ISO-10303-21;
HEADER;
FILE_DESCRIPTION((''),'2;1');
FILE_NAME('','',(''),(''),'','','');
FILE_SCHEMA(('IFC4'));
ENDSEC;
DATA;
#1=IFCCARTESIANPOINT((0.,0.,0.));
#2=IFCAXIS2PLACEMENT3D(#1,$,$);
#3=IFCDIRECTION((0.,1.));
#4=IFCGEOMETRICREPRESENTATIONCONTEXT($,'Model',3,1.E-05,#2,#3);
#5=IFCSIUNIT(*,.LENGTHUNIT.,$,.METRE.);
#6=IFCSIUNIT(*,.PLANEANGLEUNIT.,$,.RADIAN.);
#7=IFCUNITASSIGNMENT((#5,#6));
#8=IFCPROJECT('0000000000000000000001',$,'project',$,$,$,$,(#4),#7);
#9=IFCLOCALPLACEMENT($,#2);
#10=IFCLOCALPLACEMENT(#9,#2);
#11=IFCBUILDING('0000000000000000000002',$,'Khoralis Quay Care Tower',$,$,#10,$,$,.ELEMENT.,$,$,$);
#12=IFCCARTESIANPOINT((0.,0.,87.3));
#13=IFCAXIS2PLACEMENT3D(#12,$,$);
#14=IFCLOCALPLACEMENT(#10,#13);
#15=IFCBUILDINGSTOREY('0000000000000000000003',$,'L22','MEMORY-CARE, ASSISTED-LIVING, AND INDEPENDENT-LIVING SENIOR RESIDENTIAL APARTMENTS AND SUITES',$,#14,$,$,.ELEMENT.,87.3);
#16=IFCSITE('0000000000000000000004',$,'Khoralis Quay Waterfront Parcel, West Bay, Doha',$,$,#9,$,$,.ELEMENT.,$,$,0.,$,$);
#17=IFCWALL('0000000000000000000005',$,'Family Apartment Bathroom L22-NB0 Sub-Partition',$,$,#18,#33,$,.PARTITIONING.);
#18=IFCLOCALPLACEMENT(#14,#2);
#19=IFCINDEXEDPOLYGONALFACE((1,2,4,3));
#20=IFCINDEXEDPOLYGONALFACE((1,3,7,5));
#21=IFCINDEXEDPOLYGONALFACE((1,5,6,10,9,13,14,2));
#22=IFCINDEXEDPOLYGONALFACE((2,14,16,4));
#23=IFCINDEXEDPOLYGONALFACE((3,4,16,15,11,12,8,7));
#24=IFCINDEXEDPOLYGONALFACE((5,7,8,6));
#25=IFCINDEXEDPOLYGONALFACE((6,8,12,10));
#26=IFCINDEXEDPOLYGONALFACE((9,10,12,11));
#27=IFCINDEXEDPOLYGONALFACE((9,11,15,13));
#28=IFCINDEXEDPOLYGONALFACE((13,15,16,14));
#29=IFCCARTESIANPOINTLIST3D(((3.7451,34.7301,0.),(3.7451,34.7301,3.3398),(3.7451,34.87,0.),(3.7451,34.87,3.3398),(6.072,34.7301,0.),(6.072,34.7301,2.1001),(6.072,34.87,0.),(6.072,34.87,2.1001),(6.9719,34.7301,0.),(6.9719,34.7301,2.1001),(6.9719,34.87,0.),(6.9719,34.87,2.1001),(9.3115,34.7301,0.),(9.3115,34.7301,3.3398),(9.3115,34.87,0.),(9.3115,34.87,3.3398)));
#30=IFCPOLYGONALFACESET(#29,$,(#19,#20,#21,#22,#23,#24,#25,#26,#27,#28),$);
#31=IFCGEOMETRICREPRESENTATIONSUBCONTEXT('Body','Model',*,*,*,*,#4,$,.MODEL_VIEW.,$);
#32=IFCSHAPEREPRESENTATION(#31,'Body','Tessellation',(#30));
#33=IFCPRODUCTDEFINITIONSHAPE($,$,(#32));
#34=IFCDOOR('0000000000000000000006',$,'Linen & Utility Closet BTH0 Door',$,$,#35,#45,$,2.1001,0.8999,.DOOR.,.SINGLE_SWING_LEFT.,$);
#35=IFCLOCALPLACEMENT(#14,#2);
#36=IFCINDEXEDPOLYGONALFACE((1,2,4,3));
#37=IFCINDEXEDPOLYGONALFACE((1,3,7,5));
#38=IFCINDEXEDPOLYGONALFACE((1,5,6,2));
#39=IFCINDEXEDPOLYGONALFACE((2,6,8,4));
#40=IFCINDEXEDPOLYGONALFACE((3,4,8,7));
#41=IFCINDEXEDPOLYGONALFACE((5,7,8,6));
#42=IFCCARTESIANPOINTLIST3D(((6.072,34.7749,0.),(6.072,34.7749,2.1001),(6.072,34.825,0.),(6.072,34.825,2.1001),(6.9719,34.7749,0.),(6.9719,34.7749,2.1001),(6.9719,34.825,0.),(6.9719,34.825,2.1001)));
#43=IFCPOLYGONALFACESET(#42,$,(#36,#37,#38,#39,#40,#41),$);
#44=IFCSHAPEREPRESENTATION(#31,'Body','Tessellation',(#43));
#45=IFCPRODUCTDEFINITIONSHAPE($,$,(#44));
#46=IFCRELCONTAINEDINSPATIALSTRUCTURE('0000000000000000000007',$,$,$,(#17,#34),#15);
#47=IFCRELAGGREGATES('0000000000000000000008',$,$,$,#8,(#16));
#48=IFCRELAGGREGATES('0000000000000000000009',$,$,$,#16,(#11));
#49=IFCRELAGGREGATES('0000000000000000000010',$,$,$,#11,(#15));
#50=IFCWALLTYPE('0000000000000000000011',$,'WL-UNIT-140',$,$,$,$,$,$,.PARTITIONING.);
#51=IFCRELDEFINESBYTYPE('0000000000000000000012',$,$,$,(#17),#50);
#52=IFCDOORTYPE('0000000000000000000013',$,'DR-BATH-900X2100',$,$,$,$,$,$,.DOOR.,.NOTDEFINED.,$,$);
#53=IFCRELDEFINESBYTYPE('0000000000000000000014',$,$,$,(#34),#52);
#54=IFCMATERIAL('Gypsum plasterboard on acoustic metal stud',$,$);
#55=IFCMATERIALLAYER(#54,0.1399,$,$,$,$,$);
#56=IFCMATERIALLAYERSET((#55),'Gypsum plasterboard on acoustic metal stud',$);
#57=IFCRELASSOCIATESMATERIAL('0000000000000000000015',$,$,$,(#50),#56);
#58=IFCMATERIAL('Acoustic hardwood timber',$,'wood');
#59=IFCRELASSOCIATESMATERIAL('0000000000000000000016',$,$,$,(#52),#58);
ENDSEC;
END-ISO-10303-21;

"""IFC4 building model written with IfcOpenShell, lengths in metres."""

from ifc_helpers import new_model, si_unit, direction, frame, frame_2d, origin, place, context, subcontext, project, spatial, rectangle, extrude, source, transform, mapped, material, layer, layer_set, type_object, element, fill, save


model = new_model("IFC4")

# Units and contexts
model_context = context("Model", 3, precision=1e-05, world=origin(), true_north=direction((0.0, 1.0)))
body_context = subcontext(model_context, "Body", "Model", "MODEL_VIEW")
ifc_project = project(units=[si_unit("LENGTHUNIT", "METRE"), si_unit("PLANEANGLEUNIT", "RADIAN")], contexts=[model_context])

# Site, building, storey
site_placement = place(None, origin())
site = spatial("IfcSite", under=ifc_project, at=site_placement, Name="Khoralis Quay Waterfront Parcel, West Bay, Doha", CompositionType="ELEMENT", RefElevation=0.0)
building_placement = place(site_placement, origin())
building = spatial("IfcBuilding", under=site, at=building_placement, Name="Khoralis Quay Care Tower", CompositionType="ELEMENT")
storey_placement = place(building_placement, frame((0.0, 0.0, 87.3)))
storey = spatial("IfcBuildingStorey", under=building, at=storey_placement, Name="L22", Description="MEMORY-CARE, ASSISTED-LIVING, AND INDEPENDENT-LIVING SENIOR RESIDENTIAL APARTMENTS AND SUITES", CompositionType="ELEMENT", Elevation=87.3)

# Shared definitions
ifc_material_1 = material(Name="Gypsum plasterboard on acoustic metal stud")
ifc_material_2 = material(Name="Acoustic hardwood timber", Category="wood")

# Shared definitions
ifc_layer_1 = layer(ifc_material_1, 0.1399)
ifc_layer_set_1 = layer_set([ifc_layer_1], Name="Gypsum plasterboard on acoustic metal stud")
wall_type_1 = type_object("IfcWallType", Name="WL-UNIT-140", PredefinedType="PARTITIONING", material=ifc_layer_set_1)

# Wall, opening, door
wall_1_placement = place(storey_placement, frame((3.7451, 34.8, 0.0), z_axis=(0.0, 0.0, 1.0), x_axis=(1.0, 0.0, 0.0)))
wall_1 = element("IfcWall", 1, at=wall_1_placement, inside=storey, type_object=wall_type_1, Name="Family Apartment Bathroom L22-NB0 Sub-Partition", PredefinedType="PARTITIONING", context=body_context, shape_type="SweptSolid", body=[
    extrude(rectangle(XDim=5.5664, YDim=0.1399, at=frame_2d((2.7832, 0.0))), origin(), (0.0, 0.0, 1.0), 3.3398),
])
opening_1_placement = place(wall_1_placement, frame((2.3269, 0.0, 0.0)))
opening_1 = element("IfcOpeningElement", 2, at=opening_1_placement, cuts=wall_1, PredefinedType="OPENING", context=body_context, shape_type="SweptSolid", body=[
    extrude(rectangle(XDim=0.8999, YDim=2.1001, at=frame_2d((0.45, 1.05))), frame((0.0, 0.0801, 0.0), z_axis=(0.0, -1.0, 0.0), x_axis=(1.0, 0.0, 0.0)), (0.0, 0.0, 1.0), 0.1599),
])
door_type_1 = type_object("IfcDoorType", Name="DR-BATH-900X2100", OperationType="NOTDEFINED", PredefinedType="DOOR", material=ifc_material_2)
shared_shape_1 = source(origin(), body_context, "Body", "SweptSolid", [
    extrude(rectangle(XDim=0.8999, YDim=2.1001, at=frame_2d((0.45, 1.05))), frame((0.0, 0.0249, 0.0), z_axis=(0.0, -1.0, 0.0), x_axis=(1.0, 0.0, 0.0)), (0.0, 0.0, 1.0), 0.05),
])
door_1_placement = place(opening_1_placement, origin())
door_1 = element("IfcDoor", 3, at=door_1_placement, inside=storey, type_object=door_type_1, Name="Linen & Utility Closet BTH0 Door", OperationType="SINGLE_SWING_LEFT", OverallHeight=2.1001, OverallWidth=0.8999, PredefinedType="DOOR", context=body_context, shape_type="MappedRepresentation", body=[
    mapped(shared_shape_1, transform((0.0, 0.0, 0.0), scale=1.0)),
])
fill(opening_1, door_1)

save(model, "model.ifc")
